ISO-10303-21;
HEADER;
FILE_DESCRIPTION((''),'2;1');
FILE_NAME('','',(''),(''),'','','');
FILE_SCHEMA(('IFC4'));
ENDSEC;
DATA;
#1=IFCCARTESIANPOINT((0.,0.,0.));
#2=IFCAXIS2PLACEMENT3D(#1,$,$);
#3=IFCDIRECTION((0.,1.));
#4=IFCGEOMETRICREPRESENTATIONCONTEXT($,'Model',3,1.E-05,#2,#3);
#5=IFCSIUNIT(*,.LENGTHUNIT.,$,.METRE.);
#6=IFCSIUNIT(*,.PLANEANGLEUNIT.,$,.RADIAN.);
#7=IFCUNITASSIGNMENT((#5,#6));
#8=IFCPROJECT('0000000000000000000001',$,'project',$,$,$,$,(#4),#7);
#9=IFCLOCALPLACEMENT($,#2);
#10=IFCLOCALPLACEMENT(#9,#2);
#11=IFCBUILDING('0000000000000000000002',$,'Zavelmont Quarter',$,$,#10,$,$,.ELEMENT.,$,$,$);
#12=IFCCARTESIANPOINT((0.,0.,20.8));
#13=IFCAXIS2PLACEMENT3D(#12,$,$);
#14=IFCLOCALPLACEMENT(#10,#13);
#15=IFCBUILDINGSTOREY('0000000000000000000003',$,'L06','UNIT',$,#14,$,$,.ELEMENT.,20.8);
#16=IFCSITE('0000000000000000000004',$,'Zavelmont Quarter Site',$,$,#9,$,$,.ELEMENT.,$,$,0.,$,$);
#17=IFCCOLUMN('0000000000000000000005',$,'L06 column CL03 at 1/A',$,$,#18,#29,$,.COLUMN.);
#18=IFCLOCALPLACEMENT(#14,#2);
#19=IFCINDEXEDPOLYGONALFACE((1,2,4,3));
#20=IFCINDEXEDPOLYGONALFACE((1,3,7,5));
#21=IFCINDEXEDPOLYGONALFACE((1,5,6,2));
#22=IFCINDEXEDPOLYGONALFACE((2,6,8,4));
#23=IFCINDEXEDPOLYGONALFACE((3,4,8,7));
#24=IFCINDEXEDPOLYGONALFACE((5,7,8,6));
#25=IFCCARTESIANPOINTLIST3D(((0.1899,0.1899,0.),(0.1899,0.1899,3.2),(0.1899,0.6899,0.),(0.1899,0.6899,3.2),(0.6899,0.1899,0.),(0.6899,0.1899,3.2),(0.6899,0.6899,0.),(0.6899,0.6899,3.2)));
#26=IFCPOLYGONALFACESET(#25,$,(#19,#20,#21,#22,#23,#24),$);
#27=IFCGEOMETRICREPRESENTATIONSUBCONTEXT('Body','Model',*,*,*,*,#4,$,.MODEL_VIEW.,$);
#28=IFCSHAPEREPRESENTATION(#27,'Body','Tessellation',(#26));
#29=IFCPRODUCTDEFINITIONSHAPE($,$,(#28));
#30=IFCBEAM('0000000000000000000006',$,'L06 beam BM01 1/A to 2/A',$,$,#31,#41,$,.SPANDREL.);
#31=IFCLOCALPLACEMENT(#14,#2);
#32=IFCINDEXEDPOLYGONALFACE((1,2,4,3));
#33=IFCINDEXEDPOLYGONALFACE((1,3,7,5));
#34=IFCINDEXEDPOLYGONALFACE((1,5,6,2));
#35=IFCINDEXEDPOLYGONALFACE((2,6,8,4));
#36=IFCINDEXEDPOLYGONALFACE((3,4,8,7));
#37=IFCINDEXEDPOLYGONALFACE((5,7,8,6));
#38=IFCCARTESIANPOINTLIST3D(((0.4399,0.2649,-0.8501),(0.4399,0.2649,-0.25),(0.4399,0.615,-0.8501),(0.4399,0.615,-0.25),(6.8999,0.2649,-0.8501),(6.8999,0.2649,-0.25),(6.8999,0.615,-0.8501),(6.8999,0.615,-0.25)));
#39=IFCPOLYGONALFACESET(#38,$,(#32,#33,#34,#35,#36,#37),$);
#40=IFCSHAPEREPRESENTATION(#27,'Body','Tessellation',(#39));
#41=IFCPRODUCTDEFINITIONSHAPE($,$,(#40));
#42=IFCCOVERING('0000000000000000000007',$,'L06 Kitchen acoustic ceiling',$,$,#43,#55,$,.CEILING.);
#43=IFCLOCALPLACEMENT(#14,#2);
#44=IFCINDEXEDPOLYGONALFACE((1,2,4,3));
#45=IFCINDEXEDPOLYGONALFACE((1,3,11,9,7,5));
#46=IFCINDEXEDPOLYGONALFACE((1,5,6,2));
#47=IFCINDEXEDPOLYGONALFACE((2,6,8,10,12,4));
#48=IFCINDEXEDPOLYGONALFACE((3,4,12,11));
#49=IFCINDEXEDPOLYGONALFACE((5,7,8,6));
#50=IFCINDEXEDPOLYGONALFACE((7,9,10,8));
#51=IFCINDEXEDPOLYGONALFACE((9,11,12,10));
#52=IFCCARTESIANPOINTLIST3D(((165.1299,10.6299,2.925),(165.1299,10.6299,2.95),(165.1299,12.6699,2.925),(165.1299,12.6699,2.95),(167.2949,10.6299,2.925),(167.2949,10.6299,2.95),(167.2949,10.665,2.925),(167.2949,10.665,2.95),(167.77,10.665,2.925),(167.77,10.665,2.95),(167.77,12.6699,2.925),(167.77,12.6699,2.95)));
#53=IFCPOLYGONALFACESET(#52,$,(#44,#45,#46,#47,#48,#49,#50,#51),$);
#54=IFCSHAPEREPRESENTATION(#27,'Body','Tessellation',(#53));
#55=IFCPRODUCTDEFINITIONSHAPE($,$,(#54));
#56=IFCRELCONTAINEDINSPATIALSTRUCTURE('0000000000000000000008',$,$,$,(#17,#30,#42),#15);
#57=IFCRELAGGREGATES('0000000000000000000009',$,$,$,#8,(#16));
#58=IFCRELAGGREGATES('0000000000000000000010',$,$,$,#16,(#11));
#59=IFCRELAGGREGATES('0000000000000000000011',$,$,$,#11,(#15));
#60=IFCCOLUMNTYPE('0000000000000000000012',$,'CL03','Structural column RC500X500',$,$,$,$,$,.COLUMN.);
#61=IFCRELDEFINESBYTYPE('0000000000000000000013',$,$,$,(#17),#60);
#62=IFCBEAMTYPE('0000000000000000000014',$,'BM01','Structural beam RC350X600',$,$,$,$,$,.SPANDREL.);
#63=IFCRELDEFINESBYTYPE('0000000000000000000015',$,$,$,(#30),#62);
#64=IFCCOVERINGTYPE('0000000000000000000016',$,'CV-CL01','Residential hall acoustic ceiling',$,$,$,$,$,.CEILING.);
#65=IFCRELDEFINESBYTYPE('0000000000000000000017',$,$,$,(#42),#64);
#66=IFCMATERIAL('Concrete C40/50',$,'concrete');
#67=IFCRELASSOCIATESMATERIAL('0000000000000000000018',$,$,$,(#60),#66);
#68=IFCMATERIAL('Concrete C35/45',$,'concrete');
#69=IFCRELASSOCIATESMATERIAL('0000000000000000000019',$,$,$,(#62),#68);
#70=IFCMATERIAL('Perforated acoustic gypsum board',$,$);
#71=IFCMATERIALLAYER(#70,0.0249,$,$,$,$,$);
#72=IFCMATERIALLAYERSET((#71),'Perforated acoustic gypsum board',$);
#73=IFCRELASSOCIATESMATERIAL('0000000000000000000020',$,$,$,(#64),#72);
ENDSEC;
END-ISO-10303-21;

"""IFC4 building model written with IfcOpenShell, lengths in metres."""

from ifc_helpers import new_model, si_unit, direction, frame, origin, origin_2d, place, context, subcontext, project, spatial, polyline, rectangle, outline, extrude, material, layer, layer_set, material_profile, profile_set, type_object, element, save


model = new_model("IFC4")

# Units and contexts
model_context = context("Model", 3, precision=1e-05, world=origin(), true_north=direction((0.0, 1.0)))
body_context = subcontext(model_context, "Body", "Model", "MODEL_VIEW")
ifc_project = project(units=[si_unit("LENGTHUNIT", "METRE"), si_unit("PLANEANGLEUNIT", "RADIAN")], contexts=[model_context])

# Site, building, storey
site_placement = place(None, origin())
site = spatial("IfcSite", under=ifc_project, at=site_placement, Name="Zavelmont Quarter Site", CompositionType="ELEMENT", RefElevation=0.0)
building_placement = place(site_placement, origin())
building = spatial("IfcBuilding", under=site, at=building_placement, Name="Zavelmont Quarter", CompositionType="ELEMENT")
storey_placement = place(building_placement, frame((0.0, 0.0, 20.8)))
storey = spatial("IfcBuildingStorey", under=building, at=storey_placement, Name="L06", Description="UNIT", CompositionType="ELEMENT", Elevation=20.8)

# Column
ifc_material_1 = material(Name="Concrete C40/50", Category="concrete")
ifc_material_profile_1 = material_profile(ifc_material_1, rectangle(XDim=0.5, YDim=0.5, at=origin_2d()), Name="RC500X500")
ifc_profile_set_1 = profile_set([ifc_material_profile_1], Name="Concrete C40/50")
column_type = type_object("IfcColumnType", Name="CL03", Description="Structural column RC500X500", PredefinedType="COLUMN", material=ifc_profile_set_1)
column_placement = place(storey_placement, frame((0.4399, 0.4399, 0.0), z_axis=(0.0, 0.0, 1.0), x_axis=(1.0, 0.0, 0.0)))
element("IfcColumn", 1, at=column_placement, inside=storey, type_object=column_type, Name="L06 column CL03 at 1/A", PredefinedType="COLUMN", context=body_context, shape_type="SweptSolid", body=[
    extrude(rectangle(XDim=0.5, YDim=0.5, at=origin_2d()), origin(), (0.0, 0.0, 1.0), 3.2),
])

# Beam
ifc_material_2 = material(Name="Concrete C35/45", Category="concrete")
ifc_material_profile_2 = material_profile(ifc_material_2, rectangle(XDim=0.3501, YDim=0.6001, at=origin_2d()), Name="RC350X600")
ifc_profile_set_2 = profile_set([ifc_material_profile_2], Name="Concrete C35/45")
beam_type = type_object("IfcBeamType", Name="BM01", Description="Structural beam RC350X600", PredefinedType="SPANDREL", material=ifc_profile_set_2)
beam_placement = place(storey_placement, frame((0.4399, 0.4399, -0.55), z_axis=(1.0, 0.0, 0.0), x_axis=(0.0, 1.0, 0.0)))
element("IfcBeam", 2, at=beam_placement, inside=storey, type_object=beam_type, Name="L06 beam BM01 1/A to 2/A", PredefinedType="SPANDREL", context=body_context, shape_type="SweptSolid", body=[
    extrude(rectangle(XDim=0.3501, YDim=0.6001, at=origin_2d()), origin(), (0.0, 0.0, 1.0), 6.46),
])

# Covering
ifc_material_3 = material(Name="Perforated acoustic gypsum board")
ifc_layer_1 = layer(ifc_material_3, 0.0249)
ifc_layer_set_1 = layer_set([ifc_layer_1], Name="Perforated acoustic gypsum board")
covering_type = type_object("IfcCoveringType", Name="CV-CL01", Description="Residential hall acoustic ceiling", PredefinedType="CEILING", material=ifc_layer_set_1)
covering_placement = place(storey_placement, frame((0.0, 0.0, 2.925)))
element("IfcCovering", 3, at=covering_placement, inside=storey, type_object=covering_type, Name="L06 Kitchen acoustic ceiling", PredefinedType="CEILING", context=body_context, shape_type="SweptSolid", body=[
    extrude(outline(polyline([(165.1299, 12.6699), (167.77, 12.6699), (167.77, 10.665), (167.2949, 10.665), (167.2949, 10.6299), (165.1299, 10.6299), (165.1299, 12.6699)])), origin(), (0.0, 0.0, 1.0), 0.0249),
])

save(model, "model.ifc")
